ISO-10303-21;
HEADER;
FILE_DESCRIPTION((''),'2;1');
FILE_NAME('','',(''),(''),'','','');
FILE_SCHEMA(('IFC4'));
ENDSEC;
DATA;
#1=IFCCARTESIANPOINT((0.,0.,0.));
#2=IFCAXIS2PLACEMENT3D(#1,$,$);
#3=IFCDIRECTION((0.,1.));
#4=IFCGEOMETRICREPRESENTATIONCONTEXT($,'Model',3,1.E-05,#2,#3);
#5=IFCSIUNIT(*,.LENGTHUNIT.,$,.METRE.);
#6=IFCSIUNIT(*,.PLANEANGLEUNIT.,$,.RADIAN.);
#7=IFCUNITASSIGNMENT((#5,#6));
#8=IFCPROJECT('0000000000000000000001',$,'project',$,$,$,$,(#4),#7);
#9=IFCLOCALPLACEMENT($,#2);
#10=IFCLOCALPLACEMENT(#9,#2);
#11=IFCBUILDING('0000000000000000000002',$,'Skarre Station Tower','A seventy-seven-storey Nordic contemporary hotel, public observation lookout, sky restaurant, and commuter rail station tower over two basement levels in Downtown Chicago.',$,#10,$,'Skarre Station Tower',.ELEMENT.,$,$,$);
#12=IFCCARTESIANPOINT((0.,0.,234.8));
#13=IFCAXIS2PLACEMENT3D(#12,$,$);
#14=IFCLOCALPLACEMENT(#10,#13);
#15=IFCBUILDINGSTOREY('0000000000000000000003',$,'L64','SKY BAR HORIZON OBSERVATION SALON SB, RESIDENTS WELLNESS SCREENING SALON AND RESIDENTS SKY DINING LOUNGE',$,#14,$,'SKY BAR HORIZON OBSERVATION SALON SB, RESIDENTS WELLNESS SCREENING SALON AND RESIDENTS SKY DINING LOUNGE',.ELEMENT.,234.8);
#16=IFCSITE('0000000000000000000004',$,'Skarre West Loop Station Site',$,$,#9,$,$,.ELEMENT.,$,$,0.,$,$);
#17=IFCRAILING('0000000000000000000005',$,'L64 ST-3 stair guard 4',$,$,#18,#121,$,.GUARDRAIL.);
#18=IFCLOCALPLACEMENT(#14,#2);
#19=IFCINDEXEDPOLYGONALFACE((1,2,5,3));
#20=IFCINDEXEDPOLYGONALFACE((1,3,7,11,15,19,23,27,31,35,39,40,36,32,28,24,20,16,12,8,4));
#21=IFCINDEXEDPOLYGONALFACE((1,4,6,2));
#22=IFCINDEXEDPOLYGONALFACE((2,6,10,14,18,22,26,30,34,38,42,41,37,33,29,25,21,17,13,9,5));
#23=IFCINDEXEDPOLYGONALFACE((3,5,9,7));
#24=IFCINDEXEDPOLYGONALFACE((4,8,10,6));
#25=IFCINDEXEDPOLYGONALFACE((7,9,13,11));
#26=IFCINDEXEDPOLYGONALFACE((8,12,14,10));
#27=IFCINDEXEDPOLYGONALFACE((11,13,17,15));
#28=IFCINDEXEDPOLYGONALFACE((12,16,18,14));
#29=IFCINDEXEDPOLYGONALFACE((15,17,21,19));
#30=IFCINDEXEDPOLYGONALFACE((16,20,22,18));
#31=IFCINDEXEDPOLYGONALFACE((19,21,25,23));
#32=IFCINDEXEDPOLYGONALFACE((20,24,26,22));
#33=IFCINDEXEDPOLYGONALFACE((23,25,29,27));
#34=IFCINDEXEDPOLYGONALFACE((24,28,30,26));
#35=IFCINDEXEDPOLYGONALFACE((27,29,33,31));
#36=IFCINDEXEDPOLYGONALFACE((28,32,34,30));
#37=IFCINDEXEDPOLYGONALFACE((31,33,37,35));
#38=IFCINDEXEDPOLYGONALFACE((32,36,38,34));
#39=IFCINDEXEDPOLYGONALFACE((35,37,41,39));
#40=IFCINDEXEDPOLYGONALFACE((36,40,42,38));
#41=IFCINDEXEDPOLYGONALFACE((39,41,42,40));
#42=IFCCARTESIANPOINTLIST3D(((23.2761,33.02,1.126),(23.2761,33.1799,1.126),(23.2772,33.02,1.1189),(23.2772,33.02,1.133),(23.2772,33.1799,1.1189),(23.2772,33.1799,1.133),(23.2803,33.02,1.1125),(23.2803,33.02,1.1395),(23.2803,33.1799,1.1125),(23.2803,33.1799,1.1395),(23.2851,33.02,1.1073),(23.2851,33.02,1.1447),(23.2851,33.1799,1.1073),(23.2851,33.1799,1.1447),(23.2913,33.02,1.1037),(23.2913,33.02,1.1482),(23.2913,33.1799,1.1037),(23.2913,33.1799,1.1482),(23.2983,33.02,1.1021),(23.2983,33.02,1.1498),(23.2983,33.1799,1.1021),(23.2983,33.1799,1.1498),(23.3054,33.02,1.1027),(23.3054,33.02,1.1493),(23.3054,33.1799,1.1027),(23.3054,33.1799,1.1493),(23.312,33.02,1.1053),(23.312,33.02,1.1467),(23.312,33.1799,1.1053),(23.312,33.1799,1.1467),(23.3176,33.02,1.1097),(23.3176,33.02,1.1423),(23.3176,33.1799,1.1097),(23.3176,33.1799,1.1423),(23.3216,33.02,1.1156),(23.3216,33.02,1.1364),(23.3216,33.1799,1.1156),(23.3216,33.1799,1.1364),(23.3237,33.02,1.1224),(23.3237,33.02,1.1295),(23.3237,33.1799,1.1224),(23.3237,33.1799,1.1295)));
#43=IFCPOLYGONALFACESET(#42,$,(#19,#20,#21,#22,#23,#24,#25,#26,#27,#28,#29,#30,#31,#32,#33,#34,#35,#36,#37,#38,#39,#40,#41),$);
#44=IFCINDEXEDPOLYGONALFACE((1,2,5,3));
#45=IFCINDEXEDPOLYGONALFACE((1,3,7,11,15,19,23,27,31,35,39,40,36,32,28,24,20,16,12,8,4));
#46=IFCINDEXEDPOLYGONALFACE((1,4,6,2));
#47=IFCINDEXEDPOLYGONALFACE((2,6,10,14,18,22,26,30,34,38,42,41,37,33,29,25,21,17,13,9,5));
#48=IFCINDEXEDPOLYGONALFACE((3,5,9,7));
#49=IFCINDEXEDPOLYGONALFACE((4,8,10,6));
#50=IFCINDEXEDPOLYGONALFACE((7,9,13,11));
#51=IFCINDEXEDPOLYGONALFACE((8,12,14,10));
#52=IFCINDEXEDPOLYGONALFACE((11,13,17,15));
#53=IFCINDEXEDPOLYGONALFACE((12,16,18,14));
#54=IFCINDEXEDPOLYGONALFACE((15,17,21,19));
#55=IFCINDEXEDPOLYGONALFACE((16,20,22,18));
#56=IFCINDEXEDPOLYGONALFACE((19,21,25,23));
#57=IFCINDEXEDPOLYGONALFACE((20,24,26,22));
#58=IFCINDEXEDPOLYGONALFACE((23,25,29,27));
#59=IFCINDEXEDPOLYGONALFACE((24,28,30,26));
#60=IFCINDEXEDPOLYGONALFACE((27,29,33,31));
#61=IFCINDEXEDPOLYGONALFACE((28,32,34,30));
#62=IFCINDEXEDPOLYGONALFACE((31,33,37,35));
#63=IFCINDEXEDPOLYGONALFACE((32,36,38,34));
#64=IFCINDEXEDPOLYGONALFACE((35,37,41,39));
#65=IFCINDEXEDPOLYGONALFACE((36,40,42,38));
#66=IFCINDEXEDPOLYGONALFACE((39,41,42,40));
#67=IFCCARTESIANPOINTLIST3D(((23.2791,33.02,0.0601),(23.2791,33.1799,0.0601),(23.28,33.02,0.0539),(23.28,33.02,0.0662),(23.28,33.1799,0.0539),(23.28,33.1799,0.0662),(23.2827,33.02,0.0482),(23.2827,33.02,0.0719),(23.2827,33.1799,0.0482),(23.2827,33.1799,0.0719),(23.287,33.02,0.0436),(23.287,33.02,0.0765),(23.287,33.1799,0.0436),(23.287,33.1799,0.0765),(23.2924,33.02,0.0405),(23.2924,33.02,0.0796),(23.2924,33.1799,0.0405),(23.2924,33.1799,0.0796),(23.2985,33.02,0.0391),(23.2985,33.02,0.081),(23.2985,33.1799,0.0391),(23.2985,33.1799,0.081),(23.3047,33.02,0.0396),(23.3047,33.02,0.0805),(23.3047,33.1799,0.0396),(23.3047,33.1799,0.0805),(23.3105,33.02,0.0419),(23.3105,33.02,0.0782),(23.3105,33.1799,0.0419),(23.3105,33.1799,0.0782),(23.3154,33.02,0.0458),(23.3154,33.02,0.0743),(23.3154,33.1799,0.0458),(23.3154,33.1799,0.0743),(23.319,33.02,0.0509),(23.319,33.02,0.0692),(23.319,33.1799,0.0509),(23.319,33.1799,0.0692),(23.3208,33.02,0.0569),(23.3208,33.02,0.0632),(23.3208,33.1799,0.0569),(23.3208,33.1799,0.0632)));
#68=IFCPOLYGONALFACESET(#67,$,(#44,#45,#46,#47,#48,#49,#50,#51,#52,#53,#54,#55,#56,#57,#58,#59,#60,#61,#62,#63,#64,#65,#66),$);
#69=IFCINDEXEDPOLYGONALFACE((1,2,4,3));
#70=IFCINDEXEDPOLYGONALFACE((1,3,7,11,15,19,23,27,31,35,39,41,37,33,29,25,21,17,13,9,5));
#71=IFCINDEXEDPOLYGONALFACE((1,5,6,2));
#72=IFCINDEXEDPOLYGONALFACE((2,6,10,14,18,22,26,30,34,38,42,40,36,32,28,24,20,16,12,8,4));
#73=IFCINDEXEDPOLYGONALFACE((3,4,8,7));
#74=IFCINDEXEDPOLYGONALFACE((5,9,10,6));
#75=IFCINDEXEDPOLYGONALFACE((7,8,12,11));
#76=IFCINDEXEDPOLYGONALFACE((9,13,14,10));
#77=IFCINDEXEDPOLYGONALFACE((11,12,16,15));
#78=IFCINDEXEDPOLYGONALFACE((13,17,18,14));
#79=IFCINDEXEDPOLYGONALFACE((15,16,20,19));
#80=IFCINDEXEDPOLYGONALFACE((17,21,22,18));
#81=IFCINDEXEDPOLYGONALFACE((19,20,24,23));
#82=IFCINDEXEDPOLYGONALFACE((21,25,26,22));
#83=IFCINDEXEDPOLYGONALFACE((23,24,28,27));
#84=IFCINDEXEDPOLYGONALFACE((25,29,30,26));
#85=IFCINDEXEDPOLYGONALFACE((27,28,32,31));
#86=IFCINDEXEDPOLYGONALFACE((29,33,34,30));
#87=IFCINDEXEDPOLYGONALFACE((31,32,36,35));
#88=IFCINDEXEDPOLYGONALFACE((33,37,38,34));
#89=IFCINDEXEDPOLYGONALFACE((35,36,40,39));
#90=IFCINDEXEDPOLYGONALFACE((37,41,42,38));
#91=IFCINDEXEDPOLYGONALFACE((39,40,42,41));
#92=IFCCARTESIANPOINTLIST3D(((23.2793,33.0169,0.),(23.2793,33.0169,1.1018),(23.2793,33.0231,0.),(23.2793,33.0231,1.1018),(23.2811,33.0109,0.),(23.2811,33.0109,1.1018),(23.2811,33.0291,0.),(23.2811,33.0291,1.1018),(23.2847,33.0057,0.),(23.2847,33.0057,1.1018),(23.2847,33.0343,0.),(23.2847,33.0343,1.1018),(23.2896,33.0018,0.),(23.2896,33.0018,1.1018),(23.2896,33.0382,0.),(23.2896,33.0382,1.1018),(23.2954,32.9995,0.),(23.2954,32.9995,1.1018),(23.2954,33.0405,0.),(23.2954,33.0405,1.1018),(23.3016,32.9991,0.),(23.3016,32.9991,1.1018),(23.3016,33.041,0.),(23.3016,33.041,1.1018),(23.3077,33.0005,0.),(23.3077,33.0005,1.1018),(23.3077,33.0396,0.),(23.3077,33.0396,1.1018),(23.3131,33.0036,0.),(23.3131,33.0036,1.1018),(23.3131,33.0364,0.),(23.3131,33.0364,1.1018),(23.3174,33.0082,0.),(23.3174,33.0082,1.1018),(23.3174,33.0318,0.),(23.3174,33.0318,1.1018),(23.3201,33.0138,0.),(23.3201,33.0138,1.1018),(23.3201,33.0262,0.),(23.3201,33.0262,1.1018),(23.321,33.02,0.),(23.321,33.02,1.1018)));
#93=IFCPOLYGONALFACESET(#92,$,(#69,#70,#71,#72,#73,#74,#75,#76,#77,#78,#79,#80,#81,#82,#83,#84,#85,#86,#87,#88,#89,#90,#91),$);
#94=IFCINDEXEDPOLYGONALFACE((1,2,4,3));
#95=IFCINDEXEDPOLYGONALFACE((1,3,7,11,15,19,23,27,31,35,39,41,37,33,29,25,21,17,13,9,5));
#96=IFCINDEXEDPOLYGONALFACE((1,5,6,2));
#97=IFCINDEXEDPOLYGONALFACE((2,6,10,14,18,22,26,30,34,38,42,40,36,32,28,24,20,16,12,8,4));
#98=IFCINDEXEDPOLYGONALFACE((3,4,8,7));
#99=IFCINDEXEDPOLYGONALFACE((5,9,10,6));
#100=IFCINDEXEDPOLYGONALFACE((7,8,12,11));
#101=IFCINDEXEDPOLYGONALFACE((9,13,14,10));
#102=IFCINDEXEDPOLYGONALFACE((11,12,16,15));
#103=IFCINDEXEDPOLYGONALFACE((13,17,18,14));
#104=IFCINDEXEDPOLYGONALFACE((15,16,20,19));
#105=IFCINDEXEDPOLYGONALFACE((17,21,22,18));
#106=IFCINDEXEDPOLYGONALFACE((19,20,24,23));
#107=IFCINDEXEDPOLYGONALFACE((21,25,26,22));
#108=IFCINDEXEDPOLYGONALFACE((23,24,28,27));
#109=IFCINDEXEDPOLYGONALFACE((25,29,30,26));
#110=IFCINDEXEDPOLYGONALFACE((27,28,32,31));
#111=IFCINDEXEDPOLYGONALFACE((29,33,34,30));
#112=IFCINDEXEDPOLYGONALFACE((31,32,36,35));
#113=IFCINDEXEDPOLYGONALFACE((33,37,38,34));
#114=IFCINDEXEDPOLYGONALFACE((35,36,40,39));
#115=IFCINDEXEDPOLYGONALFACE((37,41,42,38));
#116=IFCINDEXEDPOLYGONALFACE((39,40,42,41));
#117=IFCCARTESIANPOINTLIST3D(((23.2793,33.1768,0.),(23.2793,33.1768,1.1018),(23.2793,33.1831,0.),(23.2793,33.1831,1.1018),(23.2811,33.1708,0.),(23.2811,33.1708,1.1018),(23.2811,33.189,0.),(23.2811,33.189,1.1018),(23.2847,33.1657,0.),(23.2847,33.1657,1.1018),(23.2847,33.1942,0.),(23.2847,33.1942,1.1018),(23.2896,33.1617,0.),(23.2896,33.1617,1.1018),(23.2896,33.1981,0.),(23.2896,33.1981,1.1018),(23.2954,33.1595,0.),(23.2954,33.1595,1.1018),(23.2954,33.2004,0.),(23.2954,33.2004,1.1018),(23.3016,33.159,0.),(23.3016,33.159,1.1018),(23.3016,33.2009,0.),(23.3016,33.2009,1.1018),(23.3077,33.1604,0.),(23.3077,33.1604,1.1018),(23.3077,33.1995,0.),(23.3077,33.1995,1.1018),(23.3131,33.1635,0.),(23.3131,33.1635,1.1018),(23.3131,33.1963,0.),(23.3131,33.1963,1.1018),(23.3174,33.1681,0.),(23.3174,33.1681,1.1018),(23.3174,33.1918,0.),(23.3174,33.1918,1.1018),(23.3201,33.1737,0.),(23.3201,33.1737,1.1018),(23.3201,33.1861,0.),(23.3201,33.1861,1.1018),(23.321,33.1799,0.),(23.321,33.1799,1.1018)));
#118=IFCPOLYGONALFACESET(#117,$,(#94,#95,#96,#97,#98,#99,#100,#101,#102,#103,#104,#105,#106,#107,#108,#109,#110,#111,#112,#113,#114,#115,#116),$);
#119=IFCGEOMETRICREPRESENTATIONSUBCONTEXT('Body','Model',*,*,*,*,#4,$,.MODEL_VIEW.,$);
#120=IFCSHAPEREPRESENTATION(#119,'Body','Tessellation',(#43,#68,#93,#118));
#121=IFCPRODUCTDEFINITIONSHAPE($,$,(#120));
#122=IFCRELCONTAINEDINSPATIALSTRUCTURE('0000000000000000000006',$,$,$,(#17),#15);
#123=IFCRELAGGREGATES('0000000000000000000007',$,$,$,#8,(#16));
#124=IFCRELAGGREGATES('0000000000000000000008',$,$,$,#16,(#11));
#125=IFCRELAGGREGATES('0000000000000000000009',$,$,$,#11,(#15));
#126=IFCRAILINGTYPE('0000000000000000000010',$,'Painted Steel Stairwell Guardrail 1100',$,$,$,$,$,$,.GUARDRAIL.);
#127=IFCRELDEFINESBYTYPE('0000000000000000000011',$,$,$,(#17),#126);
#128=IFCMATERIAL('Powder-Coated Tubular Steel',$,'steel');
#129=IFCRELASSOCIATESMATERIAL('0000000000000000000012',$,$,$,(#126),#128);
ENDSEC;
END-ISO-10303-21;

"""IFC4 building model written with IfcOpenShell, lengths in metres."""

from ifc_helpers import new_model, si_unit, direction, frame, origin, origin_2d, place, context, subcontext, project, spatial, circle, extrude, material, type_object, element, save


model = new_model("IFC4")

# Units and contexts
model_context = context("Model", 3, precision=1e-05, world=origin(), true_north=direction((0.0, 1.0)))
body_context = subcontext(model_context, "Body", "Model", "MODEL_VIEW")
ifc_project = project(units=[si_unit("LENGTHUNIT", "METRE"), si_unit("PLANEANGLEUNIT", "RADIAN")], contexts=[model_context])

# Site, building, storey
site_placement = place(None, origin())
site = spatial("IfcSite", under=ifc_project, at=site_placement, Name="Skarre West Loop Station Site", CompositionType="ELEMENT", RefElevation=0.0)
building_placement = place(site_placement, origin())
building = spatial("IfcBuilding", under=site, at=building_placement, Name="Skarre Station Tower", Description="A seventy-seven-storey Nordic contemporary hotel, public observation lookout, sky restaurant, and commuter rail station tower over two basement levels in Downtown Chicago.", LongName="Skarre Station Tower", CompositionType="ELEMENT")
storey_placement = place(building_placement, frame((0.0, 0.0, 234.8)))
storey = spatial("IfcBuildingStorey", under=building, at=storey_placement, Name="L64", Description="SKY BAR HORIZON OBSERVATION SALON SB, RESIDENTS WELLNESS SCREENING SALON AND RESIDENTS SKY DINING LOUNGE", LongName="SKY BAR HORIZON OBSERVATION SALON SB, RESIDENTS WELLNESS SCREENING SALON AND RESIDENTS SKY DINING LOUNGE", CompositionType="ELEMENT", Elevation=234.8)

# Railing
ifc_material_1 = material(Name="Powder-Coated Tubular Steel", Category="steel")
railing_type_1 = type_object("IfcRailingType", Name="Painted Steel Stairwell Guardrail 1100", PredefinedType="GUARDRAIL", material=ifc_material_1)
railing_1_placement = place(storey_placement, frame((23.3, 33.02, 0.0)))
element("IfcRailing", 1, at=railing_1_placement, inside=storey, type_object=railing_type_1, Name="L64 ST-3 stair guard 4", PredefinedType="GUARDRAIL", context=body_context, shape_type="SweptSolid", body=[
    extrude(circle(Radius=0.0239, at=origin_2d()), frame((0.0, 0.0, 1.126), z_axis=(0.0, 1.0, 0.0), x_axis=(-1.0, 0.0, 0.0)), (0.0, 0.0, 1.0), 0.1599),
    extrude(circle(Radius=0.021, at=origin_2d()), frame((0.0, 0.0, 0.0601), z_axis=(0.0, 1.0, 0.0), x_axis=(-1.0, 0.0, 0.0)), (0.0, 0.0, 1.0), 0.1599),
    extrude(circle(Radius=0.021, at=origin_2d()), origin(), (0.0, 0.0, 1.0), 1.1018),
    extrude(circle(Radius=0.021, at=origin_2d()), frame((0.0, 0.1599, 0.0)), (0.0, 0.0, 1.0), 1.1018),
])

save(model, "model.ifc")
